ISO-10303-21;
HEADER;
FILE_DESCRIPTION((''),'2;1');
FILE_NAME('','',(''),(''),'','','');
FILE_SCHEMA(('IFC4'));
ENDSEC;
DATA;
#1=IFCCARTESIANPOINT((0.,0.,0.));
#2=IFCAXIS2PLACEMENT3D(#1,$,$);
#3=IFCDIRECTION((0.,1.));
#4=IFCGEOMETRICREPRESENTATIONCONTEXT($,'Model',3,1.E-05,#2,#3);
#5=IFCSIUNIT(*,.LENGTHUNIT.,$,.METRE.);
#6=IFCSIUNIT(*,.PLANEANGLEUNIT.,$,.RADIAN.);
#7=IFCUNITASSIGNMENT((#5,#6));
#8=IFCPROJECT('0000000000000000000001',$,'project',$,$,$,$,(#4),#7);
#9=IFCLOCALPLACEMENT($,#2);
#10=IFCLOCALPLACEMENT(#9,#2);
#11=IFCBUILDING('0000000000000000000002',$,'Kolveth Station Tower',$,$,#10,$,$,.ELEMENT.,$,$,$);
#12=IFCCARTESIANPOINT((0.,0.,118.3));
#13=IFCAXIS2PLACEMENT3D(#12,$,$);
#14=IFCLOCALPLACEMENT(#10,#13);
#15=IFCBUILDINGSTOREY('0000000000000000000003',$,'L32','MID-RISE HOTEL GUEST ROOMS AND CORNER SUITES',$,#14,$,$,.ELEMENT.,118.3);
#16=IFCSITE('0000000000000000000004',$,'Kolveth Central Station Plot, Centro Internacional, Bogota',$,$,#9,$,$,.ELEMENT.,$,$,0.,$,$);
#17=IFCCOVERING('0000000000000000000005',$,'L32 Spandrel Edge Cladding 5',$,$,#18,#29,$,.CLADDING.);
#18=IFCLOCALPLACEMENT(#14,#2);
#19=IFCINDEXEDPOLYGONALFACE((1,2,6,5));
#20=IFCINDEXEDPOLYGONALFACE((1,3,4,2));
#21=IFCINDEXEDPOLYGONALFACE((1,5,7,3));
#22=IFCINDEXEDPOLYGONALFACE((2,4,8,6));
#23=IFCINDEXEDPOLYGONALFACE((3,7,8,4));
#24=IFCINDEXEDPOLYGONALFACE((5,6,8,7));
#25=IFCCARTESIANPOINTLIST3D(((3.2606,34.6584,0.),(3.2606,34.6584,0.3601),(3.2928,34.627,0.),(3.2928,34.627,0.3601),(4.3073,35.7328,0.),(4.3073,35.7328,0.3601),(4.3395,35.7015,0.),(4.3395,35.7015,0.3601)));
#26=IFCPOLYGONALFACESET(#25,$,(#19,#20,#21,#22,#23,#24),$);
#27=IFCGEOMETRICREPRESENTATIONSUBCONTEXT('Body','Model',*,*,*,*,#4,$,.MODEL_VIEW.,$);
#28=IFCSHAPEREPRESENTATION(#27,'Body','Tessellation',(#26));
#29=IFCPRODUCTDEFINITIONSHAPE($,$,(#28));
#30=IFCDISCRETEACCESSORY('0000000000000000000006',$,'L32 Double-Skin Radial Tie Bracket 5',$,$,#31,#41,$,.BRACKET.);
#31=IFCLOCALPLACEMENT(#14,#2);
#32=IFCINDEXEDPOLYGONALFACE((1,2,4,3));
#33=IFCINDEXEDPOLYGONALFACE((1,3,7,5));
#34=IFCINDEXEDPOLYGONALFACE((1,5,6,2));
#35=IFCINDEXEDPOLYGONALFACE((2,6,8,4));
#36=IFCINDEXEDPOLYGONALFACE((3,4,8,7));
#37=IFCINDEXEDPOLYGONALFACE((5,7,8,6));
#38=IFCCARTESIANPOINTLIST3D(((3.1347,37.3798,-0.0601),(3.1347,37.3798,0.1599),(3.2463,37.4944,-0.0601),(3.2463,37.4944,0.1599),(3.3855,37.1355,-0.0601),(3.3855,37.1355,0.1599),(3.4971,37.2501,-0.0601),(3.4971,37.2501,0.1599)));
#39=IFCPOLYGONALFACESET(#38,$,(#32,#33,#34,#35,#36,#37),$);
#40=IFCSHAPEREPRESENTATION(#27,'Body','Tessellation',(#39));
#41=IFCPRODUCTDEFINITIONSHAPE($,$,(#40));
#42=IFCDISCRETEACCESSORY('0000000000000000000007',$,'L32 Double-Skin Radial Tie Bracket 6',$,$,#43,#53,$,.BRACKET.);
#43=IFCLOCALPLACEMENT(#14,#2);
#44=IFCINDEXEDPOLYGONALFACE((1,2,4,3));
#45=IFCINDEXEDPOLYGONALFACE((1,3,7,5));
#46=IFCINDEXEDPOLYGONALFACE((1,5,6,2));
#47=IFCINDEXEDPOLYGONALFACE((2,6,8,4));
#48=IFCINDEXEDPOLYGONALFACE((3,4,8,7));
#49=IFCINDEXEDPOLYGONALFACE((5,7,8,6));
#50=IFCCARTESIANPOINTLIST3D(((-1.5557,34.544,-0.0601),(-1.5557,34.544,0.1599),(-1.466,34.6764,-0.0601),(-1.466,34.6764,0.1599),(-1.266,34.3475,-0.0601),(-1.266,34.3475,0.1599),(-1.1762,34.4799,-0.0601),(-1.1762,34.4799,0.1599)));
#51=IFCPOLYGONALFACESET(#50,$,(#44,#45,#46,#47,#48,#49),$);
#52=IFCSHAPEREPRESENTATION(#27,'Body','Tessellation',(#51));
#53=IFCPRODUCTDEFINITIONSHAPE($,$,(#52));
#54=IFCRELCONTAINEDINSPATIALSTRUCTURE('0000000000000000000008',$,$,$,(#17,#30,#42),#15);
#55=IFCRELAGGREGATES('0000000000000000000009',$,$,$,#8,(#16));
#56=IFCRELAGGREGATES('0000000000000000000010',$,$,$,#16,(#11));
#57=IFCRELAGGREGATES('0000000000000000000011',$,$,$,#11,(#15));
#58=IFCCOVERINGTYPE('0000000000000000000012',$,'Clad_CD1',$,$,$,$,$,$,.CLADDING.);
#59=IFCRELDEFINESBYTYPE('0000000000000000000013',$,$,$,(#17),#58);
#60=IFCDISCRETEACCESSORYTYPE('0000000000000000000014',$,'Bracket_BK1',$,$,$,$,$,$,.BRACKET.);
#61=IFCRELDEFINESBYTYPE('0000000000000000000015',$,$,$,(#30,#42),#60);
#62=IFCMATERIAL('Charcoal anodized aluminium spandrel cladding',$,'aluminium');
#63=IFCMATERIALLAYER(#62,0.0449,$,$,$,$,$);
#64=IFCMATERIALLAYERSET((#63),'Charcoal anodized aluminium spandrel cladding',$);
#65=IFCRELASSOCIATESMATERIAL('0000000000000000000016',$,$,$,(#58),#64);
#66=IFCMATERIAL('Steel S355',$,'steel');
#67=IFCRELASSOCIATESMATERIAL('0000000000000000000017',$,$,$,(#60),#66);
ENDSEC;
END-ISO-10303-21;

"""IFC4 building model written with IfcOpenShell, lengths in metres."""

from ifc_helpers import new_model, si_unit, direction, frame, origin, origin_2d, place, context, subcontext, project, spatial, rectangle, extrude, source, transform, mapped, material, layer, layer_set, type_object, element, save


model = new_model("IFC4")

# Units and contexts
model_context = context("Model", 3, precision=1e-05, world=origin(), true_north=direction((0.0, 1.0)))
body_context = subcontext(model_context, "Body", "Model", "MODEL_VIEW")
ifc_project = project(units=[si_unit("LENGTHUNIT", "METRE"), si_unit("PLANEANGLEUNIT", "RADIAN")], contexts=[model_context])

# Site, building, storey
site_placement = place(None, origin())
site = spatial("IfcSite", under=ifc_project, at=site_placement, Name="Kolveth Central Station Plot, Centro Internacional, Bogota", CompositionType="ELEMENT", RefElevation=0.0)
building_placement = place(site_placement, origin())
building = spatial("IfcBuilding", under=site, at=building_placement, Name="Kolveth Station Tower", CompositionType="ELEMENT")
storey_placement = place(building_placement, frame((0.0, 0.0, 118.3)))
storey = spatial("IfcBuildingStorey", under=building, at=storey_placement, Name="L32", Description="MID-RISE HOTEL GUEST ROOMS AND CORNER SUITES", CompositionType="ELEMENT", Elevation=118.3)

# Covering
ifc_material_1 = material(Name="Charcoal anodized aluminium spandrel cladding", Category="aluminium")
ifc_layer_1 = layer(ifc_material_1, 0.0449)
ifc_layer_set_1 = layer_set([ifc_layer_1], Name="Charcoal anodized aluminium spandrel cladding")
covering_type = type_object("IfcCoveringType", Name="Clad_CD1", PredefinedType="CLADDING", material=ifc_layer_set_1)
shared_shape_1 = source(origin(), body_context, "Body", "SweptSolid", [
    extrude(rectangle(XDim=1.5, YDim=0.0449, at=origin_2d()), origin(), (0.0, 0.0, 1.0), 0.3601),
])
covering_placement = place(storey_placement, frame((3.8, 35.1799, 0.0), z_axis=(0.0, 0.0, 1.0), x_axis=(-0.69779, -0.716302, 0.0)))
element("IfcCovering", 1, at=covering_placement, inside=storey, type_object=covering_type, Name="L32 Spandrel Edge Cladding 5", PredefinedType="CLADDING", context=body_context, shape_type="MappedRepresentation", body=[
    mapped(shared_shape_1, transform((0.0, 0.0, 0.0), x_axis=(1.0, 0.0, 0.0), y_axis=(0.0, 1.0, 0.0), z_axis=(0.0, 0.0, 1.0), scale=1.0)),
])

# Discrete accessories
ifc_material_2 = material(Name="Steel S355", Category="steel")
discrete_accessory_type = type_object("IfcDiscreteAccessoryType", Name="Bracket_BK1", PredefinedType="BRACKET", material=ifc_material_2)
shared_shape_2 = source(origin(), body_context, "Body", "SweptSolid", [
    extrude(rectangle(XDim=0.3501, YDim=0.1599, at=origin_2d()), origin(), (0.0, 0.0, 1.0), 0.22),
])
for number, where, z_axis, x_axis, name in (
    (2, (3.3159, 37.3149, -0.0601), (0.0, 0.0, 1.0), (-0.716302, 0.69779, 0.0), "L32 Double-Skin Radial Tie Bracket 5"),
    (3, (-1.366, 34.512, -0.0601), (0.0, 0.0, 1.0), (-0.827669, 0.561217, 0.0), "L32 Double-Skin Radial Tie Bracket 6"),
):
    element("IfcDiscreteAccessory", number, at=place(storey_placement, frame(where, z_axis=z_axis, x_axis=x_axis)), inside=storey, type_object=discrete_accessory_type, Name=name, PredefinedType="BRACKET", context=body_context, shape_type="MappedRepresentation", body=[
        mapped(shared_shape_2, transform((0.0, 0.0, 0.0), x_axis=(1.0, 0.0, 0.0), y_axis=(0.0, 1.0, 0.0), z_axis=(0.0, 0.0, 1.0), scale=1.0)),
    ])

save(model, "model.ifc")
